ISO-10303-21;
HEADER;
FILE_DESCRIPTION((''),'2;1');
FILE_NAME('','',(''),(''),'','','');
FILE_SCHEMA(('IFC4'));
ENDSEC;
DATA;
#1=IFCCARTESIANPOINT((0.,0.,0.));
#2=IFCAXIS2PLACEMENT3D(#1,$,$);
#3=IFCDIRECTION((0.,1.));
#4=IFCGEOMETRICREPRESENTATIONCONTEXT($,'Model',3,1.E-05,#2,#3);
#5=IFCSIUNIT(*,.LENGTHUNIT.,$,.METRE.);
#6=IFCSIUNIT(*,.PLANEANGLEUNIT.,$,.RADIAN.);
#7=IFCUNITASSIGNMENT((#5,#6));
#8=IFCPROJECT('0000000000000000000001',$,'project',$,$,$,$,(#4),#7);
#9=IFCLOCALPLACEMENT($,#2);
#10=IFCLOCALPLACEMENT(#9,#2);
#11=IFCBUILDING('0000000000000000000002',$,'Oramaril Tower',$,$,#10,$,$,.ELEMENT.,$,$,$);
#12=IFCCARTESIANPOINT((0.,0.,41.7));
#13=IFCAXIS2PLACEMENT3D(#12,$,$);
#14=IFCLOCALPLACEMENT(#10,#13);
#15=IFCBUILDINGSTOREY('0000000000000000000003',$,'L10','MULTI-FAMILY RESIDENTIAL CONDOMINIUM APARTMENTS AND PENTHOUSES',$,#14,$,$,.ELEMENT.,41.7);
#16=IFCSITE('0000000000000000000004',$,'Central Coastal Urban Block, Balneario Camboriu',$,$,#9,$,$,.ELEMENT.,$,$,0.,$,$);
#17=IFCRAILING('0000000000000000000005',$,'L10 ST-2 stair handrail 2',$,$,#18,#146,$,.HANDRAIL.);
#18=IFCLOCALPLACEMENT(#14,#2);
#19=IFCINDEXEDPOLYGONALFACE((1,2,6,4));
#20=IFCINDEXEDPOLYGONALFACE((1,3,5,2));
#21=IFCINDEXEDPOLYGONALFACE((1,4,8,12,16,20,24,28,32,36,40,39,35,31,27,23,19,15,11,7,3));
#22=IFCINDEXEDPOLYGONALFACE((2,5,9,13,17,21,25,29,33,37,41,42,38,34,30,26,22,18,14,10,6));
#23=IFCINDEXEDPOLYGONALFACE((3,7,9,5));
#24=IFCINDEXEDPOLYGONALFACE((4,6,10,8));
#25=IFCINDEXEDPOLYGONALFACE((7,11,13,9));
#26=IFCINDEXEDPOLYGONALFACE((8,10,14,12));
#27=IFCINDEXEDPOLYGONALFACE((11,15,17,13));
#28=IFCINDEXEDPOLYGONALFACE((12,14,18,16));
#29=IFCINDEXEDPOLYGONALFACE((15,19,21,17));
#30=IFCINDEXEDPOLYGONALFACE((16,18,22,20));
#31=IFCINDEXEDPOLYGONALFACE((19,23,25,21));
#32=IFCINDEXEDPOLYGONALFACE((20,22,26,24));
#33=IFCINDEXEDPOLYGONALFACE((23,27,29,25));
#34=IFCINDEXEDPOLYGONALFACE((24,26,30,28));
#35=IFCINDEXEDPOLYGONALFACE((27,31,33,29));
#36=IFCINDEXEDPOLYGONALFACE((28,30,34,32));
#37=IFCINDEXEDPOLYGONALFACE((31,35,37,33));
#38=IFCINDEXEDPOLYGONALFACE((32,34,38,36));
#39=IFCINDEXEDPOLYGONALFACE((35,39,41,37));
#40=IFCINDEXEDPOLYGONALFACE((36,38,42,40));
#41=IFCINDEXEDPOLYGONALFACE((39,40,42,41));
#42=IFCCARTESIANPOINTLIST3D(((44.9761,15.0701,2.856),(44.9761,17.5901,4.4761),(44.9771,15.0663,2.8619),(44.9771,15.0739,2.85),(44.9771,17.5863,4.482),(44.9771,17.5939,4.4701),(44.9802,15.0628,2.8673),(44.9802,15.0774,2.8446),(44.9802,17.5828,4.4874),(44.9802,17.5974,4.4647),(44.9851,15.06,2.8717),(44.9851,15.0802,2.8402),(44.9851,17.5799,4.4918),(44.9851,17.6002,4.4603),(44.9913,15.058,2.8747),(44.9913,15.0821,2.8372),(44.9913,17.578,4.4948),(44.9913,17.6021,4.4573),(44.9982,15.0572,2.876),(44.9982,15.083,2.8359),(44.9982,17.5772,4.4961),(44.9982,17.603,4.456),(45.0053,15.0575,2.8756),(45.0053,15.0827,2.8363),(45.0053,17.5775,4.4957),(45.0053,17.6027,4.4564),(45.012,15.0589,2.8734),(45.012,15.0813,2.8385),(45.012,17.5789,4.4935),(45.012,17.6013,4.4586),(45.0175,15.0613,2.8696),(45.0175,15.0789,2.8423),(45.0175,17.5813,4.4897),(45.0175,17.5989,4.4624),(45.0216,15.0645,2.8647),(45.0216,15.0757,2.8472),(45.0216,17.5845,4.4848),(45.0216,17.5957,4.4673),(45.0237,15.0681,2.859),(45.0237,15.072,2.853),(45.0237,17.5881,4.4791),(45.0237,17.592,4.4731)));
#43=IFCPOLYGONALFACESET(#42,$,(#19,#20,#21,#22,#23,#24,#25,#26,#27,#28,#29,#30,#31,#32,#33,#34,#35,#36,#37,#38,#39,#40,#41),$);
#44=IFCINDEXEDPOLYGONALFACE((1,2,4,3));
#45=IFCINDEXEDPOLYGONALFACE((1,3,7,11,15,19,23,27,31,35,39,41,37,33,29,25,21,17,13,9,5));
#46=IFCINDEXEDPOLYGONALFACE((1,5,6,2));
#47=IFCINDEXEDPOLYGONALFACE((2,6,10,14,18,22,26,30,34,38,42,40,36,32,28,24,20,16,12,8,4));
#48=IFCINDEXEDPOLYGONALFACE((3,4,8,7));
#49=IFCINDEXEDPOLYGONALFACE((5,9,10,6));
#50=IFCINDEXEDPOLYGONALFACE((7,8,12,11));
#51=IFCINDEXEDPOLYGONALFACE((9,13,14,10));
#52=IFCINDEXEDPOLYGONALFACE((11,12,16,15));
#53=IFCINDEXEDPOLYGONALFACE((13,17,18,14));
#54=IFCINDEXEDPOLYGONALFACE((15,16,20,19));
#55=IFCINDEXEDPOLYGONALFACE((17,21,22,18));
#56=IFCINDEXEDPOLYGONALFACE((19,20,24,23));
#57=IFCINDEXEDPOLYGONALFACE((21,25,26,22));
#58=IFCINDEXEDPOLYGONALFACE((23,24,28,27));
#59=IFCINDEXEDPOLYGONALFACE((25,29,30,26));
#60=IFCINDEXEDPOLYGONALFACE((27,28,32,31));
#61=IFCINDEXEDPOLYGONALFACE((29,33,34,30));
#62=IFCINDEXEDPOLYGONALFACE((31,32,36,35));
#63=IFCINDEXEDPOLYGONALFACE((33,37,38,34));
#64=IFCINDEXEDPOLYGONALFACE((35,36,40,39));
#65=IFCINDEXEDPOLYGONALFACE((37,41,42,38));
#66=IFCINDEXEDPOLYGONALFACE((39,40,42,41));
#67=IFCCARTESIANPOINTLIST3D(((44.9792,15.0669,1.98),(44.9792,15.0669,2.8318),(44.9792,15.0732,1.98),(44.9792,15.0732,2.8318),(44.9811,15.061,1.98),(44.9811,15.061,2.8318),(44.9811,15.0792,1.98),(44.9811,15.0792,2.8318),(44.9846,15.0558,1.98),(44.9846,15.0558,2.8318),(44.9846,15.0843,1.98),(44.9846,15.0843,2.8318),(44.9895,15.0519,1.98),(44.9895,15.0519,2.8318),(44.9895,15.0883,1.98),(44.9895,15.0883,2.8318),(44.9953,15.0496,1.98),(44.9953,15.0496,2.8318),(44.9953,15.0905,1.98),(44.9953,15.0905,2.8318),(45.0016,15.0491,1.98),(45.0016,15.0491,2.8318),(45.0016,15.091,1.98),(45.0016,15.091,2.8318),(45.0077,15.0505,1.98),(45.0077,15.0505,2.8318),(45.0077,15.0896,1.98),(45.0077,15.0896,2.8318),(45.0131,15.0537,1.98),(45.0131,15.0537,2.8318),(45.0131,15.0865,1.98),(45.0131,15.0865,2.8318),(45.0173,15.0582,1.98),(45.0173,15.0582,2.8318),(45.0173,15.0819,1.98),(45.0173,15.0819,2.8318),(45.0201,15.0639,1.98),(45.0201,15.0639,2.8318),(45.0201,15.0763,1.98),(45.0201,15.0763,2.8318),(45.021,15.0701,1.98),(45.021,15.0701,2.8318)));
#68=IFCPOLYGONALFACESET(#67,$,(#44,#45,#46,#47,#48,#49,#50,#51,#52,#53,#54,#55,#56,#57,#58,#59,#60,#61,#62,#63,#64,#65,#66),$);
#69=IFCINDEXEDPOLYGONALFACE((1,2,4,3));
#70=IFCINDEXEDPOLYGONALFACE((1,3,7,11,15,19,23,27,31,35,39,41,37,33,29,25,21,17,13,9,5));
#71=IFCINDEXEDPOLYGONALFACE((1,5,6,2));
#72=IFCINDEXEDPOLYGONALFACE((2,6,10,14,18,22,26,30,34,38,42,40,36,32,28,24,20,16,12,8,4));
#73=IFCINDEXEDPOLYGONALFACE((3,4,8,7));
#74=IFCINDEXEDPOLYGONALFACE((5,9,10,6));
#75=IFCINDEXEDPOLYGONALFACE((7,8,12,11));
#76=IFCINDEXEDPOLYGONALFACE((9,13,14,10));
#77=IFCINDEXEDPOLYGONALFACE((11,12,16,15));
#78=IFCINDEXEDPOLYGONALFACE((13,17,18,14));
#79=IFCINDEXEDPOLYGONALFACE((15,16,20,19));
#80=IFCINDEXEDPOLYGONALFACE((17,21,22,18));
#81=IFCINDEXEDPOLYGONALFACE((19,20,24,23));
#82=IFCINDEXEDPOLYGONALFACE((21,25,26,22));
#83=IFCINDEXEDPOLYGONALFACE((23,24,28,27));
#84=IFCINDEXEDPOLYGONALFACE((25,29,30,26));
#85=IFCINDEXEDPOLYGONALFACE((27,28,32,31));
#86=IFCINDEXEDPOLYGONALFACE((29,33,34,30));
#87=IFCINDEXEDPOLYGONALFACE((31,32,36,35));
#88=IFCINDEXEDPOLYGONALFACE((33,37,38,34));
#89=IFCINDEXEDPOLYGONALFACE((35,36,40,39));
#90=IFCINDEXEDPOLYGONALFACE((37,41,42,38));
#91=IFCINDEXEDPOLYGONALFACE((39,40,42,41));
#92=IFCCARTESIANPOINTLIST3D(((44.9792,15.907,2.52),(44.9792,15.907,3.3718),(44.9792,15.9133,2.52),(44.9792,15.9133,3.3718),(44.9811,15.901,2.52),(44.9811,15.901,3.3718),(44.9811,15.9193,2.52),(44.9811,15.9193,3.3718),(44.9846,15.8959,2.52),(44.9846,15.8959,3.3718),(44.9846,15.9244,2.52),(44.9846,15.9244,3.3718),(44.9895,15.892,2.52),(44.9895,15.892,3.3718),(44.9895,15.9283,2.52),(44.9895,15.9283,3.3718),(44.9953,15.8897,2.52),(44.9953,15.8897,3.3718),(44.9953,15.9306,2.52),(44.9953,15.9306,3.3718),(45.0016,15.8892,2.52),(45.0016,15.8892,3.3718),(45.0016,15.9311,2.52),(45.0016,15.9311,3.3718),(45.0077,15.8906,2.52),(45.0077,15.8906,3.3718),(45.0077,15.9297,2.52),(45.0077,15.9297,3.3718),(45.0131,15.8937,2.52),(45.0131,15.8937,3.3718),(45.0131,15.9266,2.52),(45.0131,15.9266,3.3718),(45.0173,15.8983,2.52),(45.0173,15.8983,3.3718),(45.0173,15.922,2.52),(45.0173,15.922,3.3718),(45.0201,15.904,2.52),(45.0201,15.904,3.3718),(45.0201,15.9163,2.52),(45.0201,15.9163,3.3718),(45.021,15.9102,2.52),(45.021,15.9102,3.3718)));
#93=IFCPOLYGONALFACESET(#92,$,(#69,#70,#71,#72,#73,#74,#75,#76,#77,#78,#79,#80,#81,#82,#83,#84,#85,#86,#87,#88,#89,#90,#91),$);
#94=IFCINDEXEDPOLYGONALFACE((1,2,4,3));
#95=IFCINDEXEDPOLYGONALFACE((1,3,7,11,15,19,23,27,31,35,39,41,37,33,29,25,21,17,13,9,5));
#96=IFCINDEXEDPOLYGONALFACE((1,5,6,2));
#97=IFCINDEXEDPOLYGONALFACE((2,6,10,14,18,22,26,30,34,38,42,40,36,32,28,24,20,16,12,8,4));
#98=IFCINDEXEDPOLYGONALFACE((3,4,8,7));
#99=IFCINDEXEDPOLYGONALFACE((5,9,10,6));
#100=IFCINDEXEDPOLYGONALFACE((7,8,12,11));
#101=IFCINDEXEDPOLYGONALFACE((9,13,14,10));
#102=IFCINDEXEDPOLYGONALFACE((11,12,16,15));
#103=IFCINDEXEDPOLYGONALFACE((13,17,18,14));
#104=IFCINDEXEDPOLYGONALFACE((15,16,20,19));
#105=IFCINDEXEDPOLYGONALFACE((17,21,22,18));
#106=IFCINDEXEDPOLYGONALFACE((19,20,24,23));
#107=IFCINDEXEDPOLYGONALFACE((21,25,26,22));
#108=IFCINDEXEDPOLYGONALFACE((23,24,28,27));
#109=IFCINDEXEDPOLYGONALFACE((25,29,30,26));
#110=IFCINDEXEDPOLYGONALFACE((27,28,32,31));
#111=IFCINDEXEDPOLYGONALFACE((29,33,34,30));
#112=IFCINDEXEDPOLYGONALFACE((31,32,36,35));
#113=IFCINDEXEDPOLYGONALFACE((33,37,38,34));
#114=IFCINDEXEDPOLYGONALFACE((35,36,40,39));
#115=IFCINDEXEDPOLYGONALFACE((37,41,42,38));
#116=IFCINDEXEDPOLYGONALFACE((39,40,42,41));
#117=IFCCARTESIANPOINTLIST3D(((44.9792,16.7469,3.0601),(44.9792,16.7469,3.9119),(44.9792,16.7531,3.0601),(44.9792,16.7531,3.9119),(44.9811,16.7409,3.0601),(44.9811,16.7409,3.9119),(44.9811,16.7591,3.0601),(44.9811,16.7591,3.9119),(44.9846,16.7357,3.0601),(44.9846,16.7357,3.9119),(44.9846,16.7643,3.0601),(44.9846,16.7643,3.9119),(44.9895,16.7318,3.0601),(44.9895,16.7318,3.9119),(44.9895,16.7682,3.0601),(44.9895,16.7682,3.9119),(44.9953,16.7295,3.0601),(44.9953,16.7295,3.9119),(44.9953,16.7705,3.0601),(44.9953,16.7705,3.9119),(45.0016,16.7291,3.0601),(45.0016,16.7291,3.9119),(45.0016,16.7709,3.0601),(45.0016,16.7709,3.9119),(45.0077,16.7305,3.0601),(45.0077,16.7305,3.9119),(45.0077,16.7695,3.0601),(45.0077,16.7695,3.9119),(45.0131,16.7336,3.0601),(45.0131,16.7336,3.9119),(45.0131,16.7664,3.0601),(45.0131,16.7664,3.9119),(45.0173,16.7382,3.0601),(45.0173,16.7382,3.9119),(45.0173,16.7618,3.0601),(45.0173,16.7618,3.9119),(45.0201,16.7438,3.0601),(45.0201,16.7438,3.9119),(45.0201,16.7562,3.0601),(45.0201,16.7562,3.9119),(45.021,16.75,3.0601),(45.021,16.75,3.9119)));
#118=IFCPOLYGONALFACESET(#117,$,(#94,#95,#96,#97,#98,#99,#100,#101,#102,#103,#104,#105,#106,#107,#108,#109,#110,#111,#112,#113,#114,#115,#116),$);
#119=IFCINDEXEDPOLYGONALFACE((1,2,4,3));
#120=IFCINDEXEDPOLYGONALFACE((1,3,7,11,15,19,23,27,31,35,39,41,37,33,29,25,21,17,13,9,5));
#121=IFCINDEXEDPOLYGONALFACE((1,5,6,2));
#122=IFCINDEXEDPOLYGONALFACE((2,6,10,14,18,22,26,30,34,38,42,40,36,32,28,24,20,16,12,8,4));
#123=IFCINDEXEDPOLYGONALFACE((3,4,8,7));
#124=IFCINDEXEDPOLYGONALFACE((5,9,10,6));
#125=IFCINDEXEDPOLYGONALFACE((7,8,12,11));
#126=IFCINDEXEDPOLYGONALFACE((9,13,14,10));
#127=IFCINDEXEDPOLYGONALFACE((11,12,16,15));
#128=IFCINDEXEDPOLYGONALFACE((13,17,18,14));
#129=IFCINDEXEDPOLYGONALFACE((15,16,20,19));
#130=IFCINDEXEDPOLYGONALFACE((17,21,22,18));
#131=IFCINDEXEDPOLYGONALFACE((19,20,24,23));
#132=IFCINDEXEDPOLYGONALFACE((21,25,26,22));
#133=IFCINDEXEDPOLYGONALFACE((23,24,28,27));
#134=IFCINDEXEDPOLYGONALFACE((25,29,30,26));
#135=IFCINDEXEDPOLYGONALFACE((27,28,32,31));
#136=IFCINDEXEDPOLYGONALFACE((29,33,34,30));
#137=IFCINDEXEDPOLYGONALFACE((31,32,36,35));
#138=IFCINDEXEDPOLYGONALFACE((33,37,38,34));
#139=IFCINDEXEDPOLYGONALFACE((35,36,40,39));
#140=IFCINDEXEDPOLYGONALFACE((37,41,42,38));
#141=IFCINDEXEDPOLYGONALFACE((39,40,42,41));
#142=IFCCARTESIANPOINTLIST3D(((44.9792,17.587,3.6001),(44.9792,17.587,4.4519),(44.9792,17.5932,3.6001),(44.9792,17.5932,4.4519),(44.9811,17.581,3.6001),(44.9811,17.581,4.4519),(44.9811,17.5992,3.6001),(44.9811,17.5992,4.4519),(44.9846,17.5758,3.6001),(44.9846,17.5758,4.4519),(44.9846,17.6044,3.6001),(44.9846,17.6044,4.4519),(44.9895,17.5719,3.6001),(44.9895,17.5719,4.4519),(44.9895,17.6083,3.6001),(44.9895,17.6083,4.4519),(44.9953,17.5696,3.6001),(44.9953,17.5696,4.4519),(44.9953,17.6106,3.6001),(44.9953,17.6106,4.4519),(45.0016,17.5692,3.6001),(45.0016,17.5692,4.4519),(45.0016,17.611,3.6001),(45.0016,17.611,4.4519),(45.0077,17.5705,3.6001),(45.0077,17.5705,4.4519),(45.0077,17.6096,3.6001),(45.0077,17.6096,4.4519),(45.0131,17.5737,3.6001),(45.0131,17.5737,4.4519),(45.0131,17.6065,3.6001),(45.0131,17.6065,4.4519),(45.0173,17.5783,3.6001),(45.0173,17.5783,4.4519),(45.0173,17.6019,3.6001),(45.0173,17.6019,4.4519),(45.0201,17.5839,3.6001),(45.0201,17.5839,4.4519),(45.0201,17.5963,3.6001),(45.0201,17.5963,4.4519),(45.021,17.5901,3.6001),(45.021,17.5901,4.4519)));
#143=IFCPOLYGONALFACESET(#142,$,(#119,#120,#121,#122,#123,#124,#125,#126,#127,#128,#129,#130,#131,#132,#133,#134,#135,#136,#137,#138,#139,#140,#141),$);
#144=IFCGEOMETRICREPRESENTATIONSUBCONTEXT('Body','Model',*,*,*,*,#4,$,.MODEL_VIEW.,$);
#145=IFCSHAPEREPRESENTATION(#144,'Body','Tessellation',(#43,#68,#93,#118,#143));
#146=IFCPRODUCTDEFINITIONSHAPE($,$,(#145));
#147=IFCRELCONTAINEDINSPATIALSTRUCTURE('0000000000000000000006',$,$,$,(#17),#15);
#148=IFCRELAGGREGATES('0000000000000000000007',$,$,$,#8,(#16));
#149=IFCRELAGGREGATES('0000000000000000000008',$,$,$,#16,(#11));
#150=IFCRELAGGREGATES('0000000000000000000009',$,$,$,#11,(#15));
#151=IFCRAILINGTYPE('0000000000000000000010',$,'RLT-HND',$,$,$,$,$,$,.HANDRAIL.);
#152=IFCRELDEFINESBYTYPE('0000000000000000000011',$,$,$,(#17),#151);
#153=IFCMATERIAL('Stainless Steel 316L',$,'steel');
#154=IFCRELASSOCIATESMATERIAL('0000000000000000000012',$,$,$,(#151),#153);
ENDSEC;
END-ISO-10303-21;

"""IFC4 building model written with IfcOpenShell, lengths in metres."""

from ifc_helpers import new_model, si_unit, direction, frame, origin, origin_2d, place, context, subcontext, project, spatial, circle, extrude, material, type_object, element, save


model = new_model("IFC4")

# Units and contexts
model_context = context("Model", 3, precision=1e-05, world=origin(), true_north=direction((0.0, 1.0)))
body_context = subcontext(model_context, "Body", "Model", "MODEL_VIEW")
ifc_project = project(units=[si_unit("LENGTHUNIT", "METRE"), si_unit("PLANEANGLEUNIT", "RADIAN")], contexts=[model_context])

# Site, building, storey
site_placement = place(None, origin())
site = spatial("IfcSite", under=ifc_project, at=site_placement, Name="Central Coastal Urban Block, Balneario Camboriu", CompositionType="ELEMENT", RefElevation=0.0)
building_placement = place(site_placement, origin())
building = spatial("IfcBuilding", under=site, at=building_placement, Name="Oramaril Tower", CompositionType="ELEMENT")
storey_placement = place(building_placement, frame((0.0, 0.0, 41.7)))
storey = spatial("IfcBuildingStorey", under=building, at=storey_placement, Name="L10", Description="MULTI-FAMILY RESIDENTIAL CONDOMINIUM APARTMENTS AND PENTHOUSES", CompositionType="ELEMENT", Elevation=41.7)

# Railing
ifc_material_1 = material(Name="Stainless Steel 316L", Category="steel")
railing_type_1 = type_object("IfcRailingType", Name="RLT-HND", PredefinedType="HANDRAIL", material=ifc_material_1)
for number, where, name in (
    (1, (45.0, 15.0701, 1.98), "L10 ST-2 stair handrail 2"),
):
    element("IfcRailing", number, at=place(storey_placement, frame(where)), inside=storey, type_object=railing_type_1, Name=name, PredefinedType="HANDRAIL", context=body_context, shape_type="SweptSolid", body=[
        extrude(circle(Radius=0.0239, at=origin_2d()), frame((0.0, 0.0, 0.876), z_axis=(0.0, 0.841163, 0.540782), x_axis=(-1.0, 0.0, 0.0)), (0.0, 0.0, 1.0), 2.9958),
        extrude(circle(Radius=0.021, at=origin_2d()), origin(), (0.0, 0.0, 1.0), 0.8518),
        extrude(circle(Radius=0.021, at=origin_2d()), frame((0.0, 0.8401, 0.54)), (0.0, 0.0, 1.0), 0.8518),
        extrude(circle(Radius=0.021, at=origin_2d()), frame((0.0, 1.6799, 1.0801)), (0.0, 0.0, 1.0), 0.8518),
        extrude(circle(Radius=0.021, at=origin_2d()), frame((0.0, 2.52, 1.6201)), (0.0, 0.0, 1.0), 0.8518),
    ])

save(model, "model.ifc")
